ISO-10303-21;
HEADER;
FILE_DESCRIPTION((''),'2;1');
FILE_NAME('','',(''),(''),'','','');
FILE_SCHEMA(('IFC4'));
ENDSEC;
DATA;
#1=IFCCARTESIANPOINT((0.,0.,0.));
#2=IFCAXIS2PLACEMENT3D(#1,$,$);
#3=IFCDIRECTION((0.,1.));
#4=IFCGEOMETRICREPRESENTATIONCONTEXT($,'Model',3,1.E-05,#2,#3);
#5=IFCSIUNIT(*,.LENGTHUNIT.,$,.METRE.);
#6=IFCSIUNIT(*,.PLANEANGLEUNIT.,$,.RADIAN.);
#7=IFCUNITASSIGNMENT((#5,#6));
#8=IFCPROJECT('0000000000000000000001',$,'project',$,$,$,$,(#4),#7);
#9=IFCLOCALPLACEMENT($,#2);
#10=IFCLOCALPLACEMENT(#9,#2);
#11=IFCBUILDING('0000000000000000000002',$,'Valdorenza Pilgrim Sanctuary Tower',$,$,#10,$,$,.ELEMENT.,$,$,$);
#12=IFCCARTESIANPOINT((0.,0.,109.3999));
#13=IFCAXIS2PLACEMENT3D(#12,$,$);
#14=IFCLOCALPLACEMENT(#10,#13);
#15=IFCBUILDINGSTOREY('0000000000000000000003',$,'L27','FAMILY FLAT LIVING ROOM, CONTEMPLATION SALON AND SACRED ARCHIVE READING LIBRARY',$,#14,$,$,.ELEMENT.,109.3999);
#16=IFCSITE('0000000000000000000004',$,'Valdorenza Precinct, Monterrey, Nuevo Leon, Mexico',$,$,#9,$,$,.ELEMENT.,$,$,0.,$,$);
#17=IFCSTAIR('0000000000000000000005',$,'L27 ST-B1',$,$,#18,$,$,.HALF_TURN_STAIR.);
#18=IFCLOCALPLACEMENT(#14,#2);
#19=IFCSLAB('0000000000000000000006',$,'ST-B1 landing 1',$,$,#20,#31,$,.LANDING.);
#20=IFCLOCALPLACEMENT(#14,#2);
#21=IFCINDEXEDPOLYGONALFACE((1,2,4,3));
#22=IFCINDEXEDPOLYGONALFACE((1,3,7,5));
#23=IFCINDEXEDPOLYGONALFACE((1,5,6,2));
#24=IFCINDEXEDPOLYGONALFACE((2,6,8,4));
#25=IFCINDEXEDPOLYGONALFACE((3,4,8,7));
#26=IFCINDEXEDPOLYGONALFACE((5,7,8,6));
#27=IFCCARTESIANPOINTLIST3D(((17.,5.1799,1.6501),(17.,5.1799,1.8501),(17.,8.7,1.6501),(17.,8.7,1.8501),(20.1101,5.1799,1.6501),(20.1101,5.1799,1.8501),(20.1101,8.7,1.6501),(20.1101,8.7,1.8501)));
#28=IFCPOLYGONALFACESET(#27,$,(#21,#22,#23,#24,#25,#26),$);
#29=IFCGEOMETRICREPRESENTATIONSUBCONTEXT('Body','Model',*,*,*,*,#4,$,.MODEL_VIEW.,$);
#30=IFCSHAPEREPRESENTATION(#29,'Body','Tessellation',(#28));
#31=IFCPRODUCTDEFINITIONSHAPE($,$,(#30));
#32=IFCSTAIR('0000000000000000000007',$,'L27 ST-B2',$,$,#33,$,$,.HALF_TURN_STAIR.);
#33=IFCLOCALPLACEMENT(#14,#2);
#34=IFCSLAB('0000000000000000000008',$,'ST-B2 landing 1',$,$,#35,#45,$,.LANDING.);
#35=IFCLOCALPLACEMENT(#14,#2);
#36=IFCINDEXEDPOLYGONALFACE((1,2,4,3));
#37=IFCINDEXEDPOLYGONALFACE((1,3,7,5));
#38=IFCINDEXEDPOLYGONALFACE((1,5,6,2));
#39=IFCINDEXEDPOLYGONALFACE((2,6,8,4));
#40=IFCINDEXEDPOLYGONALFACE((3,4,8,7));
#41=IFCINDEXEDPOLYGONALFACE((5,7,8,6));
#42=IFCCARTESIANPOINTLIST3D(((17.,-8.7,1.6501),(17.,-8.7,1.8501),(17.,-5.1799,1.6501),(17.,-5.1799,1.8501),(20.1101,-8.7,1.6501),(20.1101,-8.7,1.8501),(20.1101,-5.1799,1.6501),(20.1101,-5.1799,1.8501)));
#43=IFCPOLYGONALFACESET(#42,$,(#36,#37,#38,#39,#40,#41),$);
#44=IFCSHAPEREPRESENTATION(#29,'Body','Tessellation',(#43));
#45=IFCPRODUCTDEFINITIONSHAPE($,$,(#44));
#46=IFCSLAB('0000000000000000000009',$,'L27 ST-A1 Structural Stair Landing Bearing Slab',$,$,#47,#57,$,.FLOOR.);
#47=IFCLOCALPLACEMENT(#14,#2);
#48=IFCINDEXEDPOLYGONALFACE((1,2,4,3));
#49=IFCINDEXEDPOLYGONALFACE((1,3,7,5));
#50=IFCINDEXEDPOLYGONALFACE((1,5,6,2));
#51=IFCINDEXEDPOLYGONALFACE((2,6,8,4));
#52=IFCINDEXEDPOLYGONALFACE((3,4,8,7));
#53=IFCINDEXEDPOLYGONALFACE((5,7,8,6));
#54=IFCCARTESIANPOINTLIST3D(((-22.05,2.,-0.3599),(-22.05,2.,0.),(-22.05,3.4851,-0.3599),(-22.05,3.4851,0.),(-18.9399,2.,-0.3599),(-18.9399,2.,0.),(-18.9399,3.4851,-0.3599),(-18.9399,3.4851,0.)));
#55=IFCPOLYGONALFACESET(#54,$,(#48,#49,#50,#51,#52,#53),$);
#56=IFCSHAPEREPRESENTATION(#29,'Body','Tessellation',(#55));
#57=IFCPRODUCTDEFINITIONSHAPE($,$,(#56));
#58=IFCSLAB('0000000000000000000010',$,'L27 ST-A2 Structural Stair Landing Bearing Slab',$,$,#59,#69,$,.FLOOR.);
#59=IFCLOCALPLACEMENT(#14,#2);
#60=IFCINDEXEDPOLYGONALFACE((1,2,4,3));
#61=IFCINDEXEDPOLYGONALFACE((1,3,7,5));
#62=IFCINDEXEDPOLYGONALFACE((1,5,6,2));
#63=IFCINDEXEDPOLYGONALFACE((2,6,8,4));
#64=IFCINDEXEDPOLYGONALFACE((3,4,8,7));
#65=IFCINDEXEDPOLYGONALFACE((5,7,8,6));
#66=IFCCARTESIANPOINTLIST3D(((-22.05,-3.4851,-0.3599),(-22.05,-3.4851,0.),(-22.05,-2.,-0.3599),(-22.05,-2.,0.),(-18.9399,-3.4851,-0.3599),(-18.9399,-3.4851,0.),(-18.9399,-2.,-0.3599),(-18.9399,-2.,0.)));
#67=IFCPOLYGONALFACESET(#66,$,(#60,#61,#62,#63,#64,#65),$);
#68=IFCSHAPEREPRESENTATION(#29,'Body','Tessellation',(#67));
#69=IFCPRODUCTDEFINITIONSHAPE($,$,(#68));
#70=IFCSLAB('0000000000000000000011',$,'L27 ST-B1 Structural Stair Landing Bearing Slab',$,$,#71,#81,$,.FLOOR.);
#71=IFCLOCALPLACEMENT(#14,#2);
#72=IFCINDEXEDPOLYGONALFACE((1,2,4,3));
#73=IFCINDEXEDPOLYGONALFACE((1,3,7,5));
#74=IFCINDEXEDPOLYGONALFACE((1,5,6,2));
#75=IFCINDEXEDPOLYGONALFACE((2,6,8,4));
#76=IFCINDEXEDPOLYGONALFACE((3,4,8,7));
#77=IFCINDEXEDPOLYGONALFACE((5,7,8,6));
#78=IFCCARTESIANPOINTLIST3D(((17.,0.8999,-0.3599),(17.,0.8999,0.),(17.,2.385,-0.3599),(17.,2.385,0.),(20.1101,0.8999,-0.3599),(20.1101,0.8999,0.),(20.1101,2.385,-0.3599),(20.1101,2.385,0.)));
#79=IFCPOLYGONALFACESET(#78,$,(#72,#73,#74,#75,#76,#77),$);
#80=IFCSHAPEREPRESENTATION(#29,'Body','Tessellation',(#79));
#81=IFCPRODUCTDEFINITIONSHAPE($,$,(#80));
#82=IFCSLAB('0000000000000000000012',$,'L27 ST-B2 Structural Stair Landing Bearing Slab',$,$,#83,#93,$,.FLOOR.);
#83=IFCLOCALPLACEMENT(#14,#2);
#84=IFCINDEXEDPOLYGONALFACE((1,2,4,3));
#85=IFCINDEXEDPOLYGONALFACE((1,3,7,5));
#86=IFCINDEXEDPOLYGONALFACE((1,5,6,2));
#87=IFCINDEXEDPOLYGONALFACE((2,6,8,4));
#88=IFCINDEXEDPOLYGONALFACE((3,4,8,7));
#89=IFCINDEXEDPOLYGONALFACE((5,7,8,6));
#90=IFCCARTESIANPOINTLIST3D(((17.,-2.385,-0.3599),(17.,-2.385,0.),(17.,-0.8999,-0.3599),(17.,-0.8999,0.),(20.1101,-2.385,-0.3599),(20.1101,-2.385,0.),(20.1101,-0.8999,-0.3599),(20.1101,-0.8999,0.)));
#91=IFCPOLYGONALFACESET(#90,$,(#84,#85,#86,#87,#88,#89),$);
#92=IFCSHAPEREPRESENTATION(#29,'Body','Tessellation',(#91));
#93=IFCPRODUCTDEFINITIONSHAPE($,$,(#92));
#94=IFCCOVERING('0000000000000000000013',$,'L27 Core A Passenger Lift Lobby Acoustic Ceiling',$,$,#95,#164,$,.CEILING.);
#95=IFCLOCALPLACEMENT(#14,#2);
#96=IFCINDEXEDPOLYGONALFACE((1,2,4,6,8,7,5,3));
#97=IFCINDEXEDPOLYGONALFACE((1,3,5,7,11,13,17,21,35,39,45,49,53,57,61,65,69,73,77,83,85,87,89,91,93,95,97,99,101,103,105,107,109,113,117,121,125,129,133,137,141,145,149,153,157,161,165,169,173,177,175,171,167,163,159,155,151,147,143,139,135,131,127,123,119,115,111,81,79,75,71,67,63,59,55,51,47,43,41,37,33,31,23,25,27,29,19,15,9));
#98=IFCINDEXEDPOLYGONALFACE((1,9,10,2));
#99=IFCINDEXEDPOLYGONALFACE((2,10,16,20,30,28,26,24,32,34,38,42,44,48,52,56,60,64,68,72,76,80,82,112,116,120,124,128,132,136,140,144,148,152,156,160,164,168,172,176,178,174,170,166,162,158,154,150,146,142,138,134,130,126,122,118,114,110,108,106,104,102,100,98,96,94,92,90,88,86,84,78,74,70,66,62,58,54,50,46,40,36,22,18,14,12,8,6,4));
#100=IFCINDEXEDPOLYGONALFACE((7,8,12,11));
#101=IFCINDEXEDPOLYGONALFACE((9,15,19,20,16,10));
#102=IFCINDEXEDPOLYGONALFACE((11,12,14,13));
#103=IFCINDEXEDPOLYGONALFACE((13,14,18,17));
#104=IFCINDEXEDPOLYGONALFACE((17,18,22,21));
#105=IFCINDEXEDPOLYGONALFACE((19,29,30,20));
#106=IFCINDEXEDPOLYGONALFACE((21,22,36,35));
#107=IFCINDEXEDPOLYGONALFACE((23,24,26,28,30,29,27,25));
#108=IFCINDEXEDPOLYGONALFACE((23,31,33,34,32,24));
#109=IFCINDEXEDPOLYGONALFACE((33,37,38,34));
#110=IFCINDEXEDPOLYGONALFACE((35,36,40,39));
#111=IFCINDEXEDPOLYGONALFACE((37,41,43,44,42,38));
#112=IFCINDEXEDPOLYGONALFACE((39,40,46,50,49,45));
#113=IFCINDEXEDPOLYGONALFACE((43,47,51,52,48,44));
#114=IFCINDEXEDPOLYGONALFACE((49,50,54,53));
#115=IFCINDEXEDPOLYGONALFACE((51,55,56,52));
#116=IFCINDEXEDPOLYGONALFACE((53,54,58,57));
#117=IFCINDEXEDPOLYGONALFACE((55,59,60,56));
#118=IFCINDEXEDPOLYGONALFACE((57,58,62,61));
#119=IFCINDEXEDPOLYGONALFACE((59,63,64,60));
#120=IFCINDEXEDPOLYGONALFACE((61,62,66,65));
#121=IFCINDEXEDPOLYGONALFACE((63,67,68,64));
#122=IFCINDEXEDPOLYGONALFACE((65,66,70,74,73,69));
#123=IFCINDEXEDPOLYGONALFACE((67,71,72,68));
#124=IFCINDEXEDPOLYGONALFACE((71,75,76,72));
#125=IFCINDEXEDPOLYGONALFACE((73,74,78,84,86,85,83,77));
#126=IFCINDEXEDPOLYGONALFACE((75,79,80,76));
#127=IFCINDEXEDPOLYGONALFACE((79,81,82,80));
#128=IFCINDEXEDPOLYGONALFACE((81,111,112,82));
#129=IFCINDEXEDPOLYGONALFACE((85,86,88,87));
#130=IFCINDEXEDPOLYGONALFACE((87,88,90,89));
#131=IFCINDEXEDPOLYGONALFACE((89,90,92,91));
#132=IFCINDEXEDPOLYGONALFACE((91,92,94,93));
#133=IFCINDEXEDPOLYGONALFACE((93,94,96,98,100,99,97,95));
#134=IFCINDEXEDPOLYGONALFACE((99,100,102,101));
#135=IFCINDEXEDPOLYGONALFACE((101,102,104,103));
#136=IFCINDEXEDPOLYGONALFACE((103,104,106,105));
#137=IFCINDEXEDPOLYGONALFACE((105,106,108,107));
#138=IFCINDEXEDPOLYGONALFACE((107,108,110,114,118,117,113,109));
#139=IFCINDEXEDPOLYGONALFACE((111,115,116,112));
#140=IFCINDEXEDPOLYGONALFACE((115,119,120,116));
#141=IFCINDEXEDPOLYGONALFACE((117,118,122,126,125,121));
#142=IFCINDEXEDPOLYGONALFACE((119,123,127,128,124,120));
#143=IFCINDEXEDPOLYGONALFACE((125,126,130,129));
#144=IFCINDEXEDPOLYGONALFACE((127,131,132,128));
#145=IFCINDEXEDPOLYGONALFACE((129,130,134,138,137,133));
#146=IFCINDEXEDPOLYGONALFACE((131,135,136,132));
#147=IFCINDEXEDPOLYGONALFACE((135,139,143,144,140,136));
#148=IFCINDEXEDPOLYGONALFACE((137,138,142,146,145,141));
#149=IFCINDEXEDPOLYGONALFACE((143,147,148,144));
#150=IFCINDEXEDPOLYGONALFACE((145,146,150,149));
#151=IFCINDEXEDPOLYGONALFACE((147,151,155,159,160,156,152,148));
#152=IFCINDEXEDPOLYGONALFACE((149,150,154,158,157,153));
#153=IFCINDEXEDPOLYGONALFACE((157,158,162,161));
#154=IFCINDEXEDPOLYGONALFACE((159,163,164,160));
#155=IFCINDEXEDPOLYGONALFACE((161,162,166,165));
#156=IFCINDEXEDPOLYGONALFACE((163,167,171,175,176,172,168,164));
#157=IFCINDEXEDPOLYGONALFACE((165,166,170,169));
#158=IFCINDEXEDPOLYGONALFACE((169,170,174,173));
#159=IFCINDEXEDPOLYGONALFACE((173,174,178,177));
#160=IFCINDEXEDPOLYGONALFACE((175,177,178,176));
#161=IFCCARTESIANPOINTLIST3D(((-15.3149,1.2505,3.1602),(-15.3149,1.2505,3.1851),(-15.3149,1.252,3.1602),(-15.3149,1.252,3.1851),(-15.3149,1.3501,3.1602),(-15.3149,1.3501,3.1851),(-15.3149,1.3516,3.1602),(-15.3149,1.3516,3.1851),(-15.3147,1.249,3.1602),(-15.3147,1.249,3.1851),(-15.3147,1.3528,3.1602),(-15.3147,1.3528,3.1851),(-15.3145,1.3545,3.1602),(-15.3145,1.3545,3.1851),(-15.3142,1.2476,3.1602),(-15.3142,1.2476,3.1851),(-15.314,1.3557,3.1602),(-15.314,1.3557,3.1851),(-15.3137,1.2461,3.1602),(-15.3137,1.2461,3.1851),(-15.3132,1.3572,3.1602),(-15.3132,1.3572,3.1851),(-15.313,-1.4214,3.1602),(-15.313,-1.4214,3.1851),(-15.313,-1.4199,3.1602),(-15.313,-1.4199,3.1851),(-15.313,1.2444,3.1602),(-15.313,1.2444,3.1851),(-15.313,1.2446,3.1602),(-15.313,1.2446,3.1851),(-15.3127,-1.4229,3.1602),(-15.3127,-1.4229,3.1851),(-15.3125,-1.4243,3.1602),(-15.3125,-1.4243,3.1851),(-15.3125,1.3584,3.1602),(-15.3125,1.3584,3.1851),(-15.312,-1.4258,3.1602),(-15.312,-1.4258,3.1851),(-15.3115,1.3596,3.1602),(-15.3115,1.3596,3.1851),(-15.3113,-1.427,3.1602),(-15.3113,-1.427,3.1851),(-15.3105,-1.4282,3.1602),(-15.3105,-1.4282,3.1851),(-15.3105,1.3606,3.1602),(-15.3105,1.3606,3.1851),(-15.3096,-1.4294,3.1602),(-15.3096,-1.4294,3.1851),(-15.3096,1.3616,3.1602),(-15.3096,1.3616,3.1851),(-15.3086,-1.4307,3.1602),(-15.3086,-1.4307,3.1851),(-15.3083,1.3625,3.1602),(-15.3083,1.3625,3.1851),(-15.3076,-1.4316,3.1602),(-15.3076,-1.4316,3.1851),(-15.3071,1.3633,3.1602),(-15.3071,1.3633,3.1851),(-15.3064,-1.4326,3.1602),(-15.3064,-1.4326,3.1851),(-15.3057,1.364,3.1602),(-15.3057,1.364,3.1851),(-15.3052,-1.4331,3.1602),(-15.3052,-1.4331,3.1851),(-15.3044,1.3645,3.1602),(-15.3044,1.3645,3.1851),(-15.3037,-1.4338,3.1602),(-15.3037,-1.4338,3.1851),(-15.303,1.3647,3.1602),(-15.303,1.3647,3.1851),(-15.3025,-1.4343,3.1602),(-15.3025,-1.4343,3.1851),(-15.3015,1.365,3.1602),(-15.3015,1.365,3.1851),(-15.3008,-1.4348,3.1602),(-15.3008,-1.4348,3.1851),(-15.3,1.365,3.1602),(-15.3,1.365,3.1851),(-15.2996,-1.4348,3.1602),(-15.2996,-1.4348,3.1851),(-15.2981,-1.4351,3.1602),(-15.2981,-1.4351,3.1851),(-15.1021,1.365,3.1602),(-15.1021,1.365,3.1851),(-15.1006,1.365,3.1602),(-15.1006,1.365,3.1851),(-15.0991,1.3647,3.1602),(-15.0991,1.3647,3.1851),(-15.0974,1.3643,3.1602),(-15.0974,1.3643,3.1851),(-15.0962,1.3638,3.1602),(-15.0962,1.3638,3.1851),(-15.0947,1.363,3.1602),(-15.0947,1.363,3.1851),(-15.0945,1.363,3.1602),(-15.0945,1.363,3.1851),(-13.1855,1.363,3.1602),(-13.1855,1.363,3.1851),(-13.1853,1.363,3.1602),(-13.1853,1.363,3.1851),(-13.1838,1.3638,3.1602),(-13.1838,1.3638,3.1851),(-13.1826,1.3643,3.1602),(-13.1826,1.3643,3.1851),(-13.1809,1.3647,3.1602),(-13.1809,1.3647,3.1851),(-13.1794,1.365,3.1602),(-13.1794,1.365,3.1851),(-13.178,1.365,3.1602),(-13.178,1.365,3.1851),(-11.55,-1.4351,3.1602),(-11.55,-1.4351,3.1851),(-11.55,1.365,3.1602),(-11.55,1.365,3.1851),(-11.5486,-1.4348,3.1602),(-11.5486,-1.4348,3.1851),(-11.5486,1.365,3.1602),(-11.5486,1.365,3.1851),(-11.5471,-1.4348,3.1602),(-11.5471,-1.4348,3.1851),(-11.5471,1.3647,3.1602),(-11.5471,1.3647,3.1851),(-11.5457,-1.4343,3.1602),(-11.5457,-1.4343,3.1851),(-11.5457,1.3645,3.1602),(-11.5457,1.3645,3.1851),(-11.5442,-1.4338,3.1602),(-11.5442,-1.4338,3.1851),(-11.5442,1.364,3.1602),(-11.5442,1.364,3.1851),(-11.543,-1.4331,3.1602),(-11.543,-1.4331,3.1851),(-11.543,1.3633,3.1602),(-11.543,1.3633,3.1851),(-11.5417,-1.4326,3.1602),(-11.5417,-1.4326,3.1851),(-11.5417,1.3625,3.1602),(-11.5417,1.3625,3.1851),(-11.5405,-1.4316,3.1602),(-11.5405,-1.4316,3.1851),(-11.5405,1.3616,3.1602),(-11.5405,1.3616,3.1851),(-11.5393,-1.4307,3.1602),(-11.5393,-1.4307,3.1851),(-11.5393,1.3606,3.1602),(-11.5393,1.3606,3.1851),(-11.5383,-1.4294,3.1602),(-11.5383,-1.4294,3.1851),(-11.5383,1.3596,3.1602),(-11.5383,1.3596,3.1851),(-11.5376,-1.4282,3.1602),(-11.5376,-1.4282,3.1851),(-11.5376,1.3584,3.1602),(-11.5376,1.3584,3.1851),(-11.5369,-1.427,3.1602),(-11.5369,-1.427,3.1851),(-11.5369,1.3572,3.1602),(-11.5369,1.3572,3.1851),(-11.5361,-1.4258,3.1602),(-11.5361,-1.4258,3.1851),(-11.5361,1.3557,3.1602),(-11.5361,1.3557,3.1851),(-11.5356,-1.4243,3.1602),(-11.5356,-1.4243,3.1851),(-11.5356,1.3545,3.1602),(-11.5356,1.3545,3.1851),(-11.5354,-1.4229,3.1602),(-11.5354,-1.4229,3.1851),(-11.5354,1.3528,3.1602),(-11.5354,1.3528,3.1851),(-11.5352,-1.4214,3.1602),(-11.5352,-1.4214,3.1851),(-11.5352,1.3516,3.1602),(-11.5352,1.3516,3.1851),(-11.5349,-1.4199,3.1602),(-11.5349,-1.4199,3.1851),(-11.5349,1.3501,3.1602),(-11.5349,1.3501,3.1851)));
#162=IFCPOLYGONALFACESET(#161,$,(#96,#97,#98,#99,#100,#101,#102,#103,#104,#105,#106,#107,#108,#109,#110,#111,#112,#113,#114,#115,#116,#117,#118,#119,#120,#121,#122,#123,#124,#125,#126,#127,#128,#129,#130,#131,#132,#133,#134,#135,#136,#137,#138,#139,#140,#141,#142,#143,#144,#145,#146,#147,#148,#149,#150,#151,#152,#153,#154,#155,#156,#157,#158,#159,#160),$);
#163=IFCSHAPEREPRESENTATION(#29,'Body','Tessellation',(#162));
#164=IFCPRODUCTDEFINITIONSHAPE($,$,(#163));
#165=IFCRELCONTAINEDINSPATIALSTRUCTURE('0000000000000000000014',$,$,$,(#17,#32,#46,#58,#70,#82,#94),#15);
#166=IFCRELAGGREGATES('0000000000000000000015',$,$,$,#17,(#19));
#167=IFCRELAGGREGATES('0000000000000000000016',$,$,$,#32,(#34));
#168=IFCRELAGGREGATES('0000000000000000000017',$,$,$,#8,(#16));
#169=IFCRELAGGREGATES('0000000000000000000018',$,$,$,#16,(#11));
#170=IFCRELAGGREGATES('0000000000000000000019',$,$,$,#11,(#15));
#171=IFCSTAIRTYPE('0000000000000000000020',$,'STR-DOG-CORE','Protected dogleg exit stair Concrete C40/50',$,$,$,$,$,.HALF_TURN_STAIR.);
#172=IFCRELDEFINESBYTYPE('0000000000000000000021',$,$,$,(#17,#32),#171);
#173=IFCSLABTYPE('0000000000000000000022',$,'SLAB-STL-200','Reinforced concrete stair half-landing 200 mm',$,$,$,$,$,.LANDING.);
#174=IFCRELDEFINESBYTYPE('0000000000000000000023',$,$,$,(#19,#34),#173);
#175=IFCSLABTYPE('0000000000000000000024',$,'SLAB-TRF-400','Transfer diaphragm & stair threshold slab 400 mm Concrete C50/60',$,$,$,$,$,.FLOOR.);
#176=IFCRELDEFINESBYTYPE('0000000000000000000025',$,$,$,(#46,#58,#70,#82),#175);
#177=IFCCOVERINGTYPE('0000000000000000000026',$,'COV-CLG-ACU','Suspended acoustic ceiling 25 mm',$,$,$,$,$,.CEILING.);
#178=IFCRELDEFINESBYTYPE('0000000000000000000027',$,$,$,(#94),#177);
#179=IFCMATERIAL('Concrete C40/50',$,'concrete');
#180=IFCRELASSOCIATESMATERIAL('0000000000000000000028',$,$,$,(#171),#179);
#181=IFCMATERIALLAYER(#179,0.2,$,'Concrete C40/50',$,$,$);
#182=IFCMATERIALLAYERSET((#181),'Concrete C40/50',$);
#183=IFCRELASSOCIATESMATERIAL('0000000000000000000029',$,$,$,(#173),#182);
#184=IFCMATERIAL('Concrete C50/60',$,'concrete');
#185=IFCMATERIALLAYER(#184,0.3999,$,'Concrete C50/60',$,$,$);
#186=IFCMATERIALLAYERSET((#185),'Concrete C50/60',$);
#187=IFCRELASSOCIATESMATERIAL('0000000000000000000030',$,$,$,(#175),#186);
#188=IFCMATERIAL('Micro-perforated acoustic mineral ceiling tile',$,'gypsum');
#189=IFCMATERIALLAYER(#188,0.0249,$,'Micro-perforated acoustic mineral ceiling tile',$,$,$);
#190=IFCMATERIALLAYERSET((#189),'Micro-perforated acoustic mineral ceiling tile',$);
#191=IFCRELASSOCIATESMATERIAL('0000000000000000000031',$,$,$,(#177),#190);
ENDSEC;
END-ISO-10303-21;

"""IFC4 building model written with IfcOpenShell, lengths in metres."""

from ifc_helpers import new_model, si_unit, direction, frame, origin, place, context, subcontext, project, spatial, polyline, outline, extrude, material, layer, layer_set, type_object, element, aggregate, save


model = new_model("IFC4")

# Units and contexts
model_context = context("Model", 3, precision=1e-05, world=origin(), true_north=direction((0.0, 1.0)))
body_context = subcontext(model_context, "Body", "Model", "MODEL_VIEW")
ifc_project = project(units=[si_unit("LENGTHUNIT", "METRE"), si_unit("PLANEANGLEUNIT", "RADIAN")], contexts=[model_context])

# Site, building, storey
site_placement = place(None, origin())
site = spatial("IfcSite", under=ifc_project, at=site_placement, Name="Valdorenza Precinct, Monterrey, Nuevo Leon, Mexico", CompositionType="ELEMENT", RefElevation=0.0)
building_placement = place(site_placement, origin())
building = spatial("IfcBuilding", under=site, at=building_placement, Name="Valdorenza Pilgrim Sanctuary Tower", CompositionType="ELEMENT")
storey_placement = place(building_placement, frame((0.0, 0.0, 109.3999)))
storey = spatial("IfcBuildingStorey", under=building, at=storey_placement, Name="L27", Description="FAMILY FLAT LIVING ROOM, CONTEMPLATION SALON AND SACRED ARCHIVE READING LIBRARY", CompositionType="ELEMENT", Elevation=109.3999)

# Shared definitions
ifc_material_1 = material(Name="Concrete C40/50", Category="concrete")

# Stairs, slabs
stair_type = type_object("IfcStairType", Name="STR-DOG-CORE", Description="Protected dogleg exit stair Concrete C40/50", PredefinedType="HALF_TURN_STAIR", material=ifc_material_1)
ifc_layer_1 = layer(ifc_material_1, 0.2, Name="Concrete C40/50")
ifc_layer_set_1 = layer_set([ifc_layer_1], Name="Concrete C40/50")
slab_type_1 = type_object("IfcSlabType", Name="SLAB-STL-200", Description="Reinforced concrete stair half-landing 200 mm", PredefinedType="LANDING", material=ifc_layer_set_1)
stair_1_placement = place(storey_placement, origin())
stair_1 = element("IfcStair", 1, at=stair_1_placement, inside=storey, type_object=stair_type, Name="L27 ST-B1", PredefinedType="HALF_TURN_STAIR")
slab_1_placement = place(storey_placement, frame((0.0, 0.0, 1.6501)))
slab_1 = element("IfcSlab", 2, at=slab_1_placement, type_object=slab_type_1, Name="ST-B1 landing 1", PredefinedType="LANDING", context=body_context, shape_type="SweptSolid", body=[
    extrude(outline(polyline([(20.1101, 5.1799), (20.1101, 8.7), (17.0, 8.7), (17.0, 5.1799), (20.1101, 5.1799)])), origin(), (0.0, 0.0, 1.0), 0.2),
])
aggregate(stair_1, [slab_1])
stair_2_placement = place(storey_placement, origin())
stair_2 = element("IfcStair", 3, at=stair_2_placement, inside=storey, type_object=stair_type, Name="L27 ST-B2", PredefinedType="HALF_TURN_STAIR")
slab_2_placement = place(storey_placement, frame((0.0, 0.0, 1.6501)))
slab_2 = element("IfcSlab", 4, at=slab_2_placement, type_object=slab_type_1, Name="ST-B2 landing 1", PredefinedType="LANDING", context=body_context, shape_type="SweptSolid", body=[
    extrude(outline(polyline([(17.0, -5.1799), (17.0, -8.7), (20.1101, -8.7), (20.1101, -5.1799), (17.0, -5.1799)])), origin(), (0.0, 0.0, 1.0), 0.2),
])
aggregate(stair_2, [slab_2])

# Slabs
ifc_material_2 = material(Name="Concrete C50/60", Category="concrete")
ifc_layer_2 = layer(ifc_material_2, 0.3999, Name="Concrete C50/60")
ifc_layer_set_2 = layer_set([ifc_layer_2], Name="Concrete C50/60")
slab_type_2 = type_object("IfcSlabType", Name="SLAB-TRF-400", Description="Transfer diaphragm & stair threshold slab 400 mm Concrete C50/60", PredefinedType="FLOOR", material=ifc_layer_set_2)
slab_3_placement = place(storey_placement, frame((0.0, 0.0, -0.3599)))
element("IfcSlab", 5, at=slab_3_placement, inside=storey, type_object=slab_type_2, Name="L27 ST-A1 Structural Stair Landing Bearing Slab", PredefinedType="FLOOR", context=body_context, shape_type="SweptSolid", body=[
    extrude(outline(polyline([(-22.05, 2.0), (-18.9399, 2.0), (-18.9399, 3.4851), (-22.05, 3.4851), (-22.05, 2.0)])), origin(), (0.0, 0.0, 1.0), 0.3599),
])
slab_4_placement = place(storey_placement, frame((0.0, 0.0, -0.3599)))
element("IfcSlab", 6, at=slab_4_placement, inside=storey, type_object=slab_type_2, Name="L27 ST-A2 Structural Stair Landing Bearing Slab", PredefinedType="FLOOR", context=body_context, shape_type="SweptSolid", body=[
    extrude(outline(polyline([(-22.05, -3.4851), (-18.9399, -3.4851), (-18.9399, -2.0), (-22.05, -2.0), (-22.05, -3.4851)])), origin(), (0.0, 0.0, 1.0), 0.3599),
])
slab_5_placement = place(storey_placement, frame((0.0, 0.0, -0.3599)))
element("IfcSlab", 7, at=slab_5_placement, inside=storey, type_object=slab_type_2, Name="L27 ST-B1 Structural Stair Landing Bearing Slab", PredefinedType="FLOOR", context=body_context, shape_type="SweptSolid", body=[
    extrude(outline(polyline([(17.0, 0.8999), (20.1101, 0.8999), (20.1101, 2.385), (17.0, 2.385), (17.0, 0.8999)])), origin(), (0.0, 0.0, 1.0), 0.3599),
])
slab_6_placement = place(storey_placement, frame((0.0, 0.0, -0.3599)))
element("IfcSlab", 8, at=slab_6_placement, inside=storey, type_object=slab_type_2, Name="L27 ST-B2 Structural Stair Landing Bearing Slab", PredefinedType="FLOOR", context=body_context, shape_type="SweptSolid", body=[
    extrude(outline(polyline([(17.0, -2.385), (20.1101, -2.385), (20.1101, -0.8999), (17.0, -0.8999), (17.0, -2.385)])), origin(), (0.0, 0.0, 1.0), 0.3599),
])

# Covering
ifc_material_3 = material(Name="Micro-perforated acoustic mineral ceiling tile", Category="gypsum")
ifc_layer_3 = layer(ifc_material_3, 0.0249, Name="Micro-perforated acoustic mineral ceiling tile")
ifc_layer_set_3 = layer_set([ifc_layer_3], Name="Micro-perforated acoustic mineral ceiling tile")
covering_type_1 = type_object("IfcCoveringType", Name="COV-CLG-ACU", Description="Suspended acoustic ceiling 25 mm", PredefinedType="CEILING", material=ifc_layer_set_3)
covering_1_placement = place(storey_placement, frame((0.0, 0.0, 3.1602)))
element("IfcCovering", 9, at=covering_1_placement, inside=storey, type_object=covering_type_1, Name="L27 Core A Passenger Lift Lobby Acoustic Ceiling", PredefinedType="CEILING", context=body_context, shape_type="SweptSolid", body=[
    extrude(outline(polyline([(-15.313, 1.2444), (-15.313, 1.2446), (-15.3137, 1.2461), (-15.3142, 1.2476), (-15.3147, 1.249), (-15.3149, 1.2505), (-15.3149, 1.252), (-15.3149, 1.3501), (-15.3149, 1.3516), (-15.3147, 1.3528), (-15.3145, 1.3545), (-15.314, 1.3557), (-15.3132, 1.3572), (-15.3125, 1.3584), (-15.3115, 1.3596), (-15.3105, 1.3606), (-15.3096, 1.3616), (-15.3083, 1.3625), (-15.3071, 1.3633), (-15.3057, 1.364), (-15.3044, 1.3645), (-15.303, 1.3647), (-15.3015, 1.365), (-15.3, 1.365), (-15.1021, 1.365), (-15.1006, 1.365), (-15.0991, 1.3647), (-15.0974, 1.3643), (-15.0962, 1.3638), (-15.0947, 1.363), (-15.0945, 1.363), (-13.1855, 1.363), (-13.1853, 1.363), (-13.1838, 1.3638), (-13.1826, 1.3643), (-13.1809, 1.3647), (-13.1794, 1.365), (-13.178, 1.365), (-11.55, 1.365), (-11.5486, 1.365), (-11.5471, 1.3647), (-11.5457, 1.3645), (-11.5442, 1.364), (-11.543, 1.3633), (-11.5417, 1.3625), (-11.5405, 1.3616), (-11.5393, 1.3606), (-11.5383, 1.3596), (-11.5376, 1.3584), (-11.5369, 1.3572), (-11.5361, 1.3557), (-11.5356, 1.3545), (-11.5354, 1.3528), (-11.5352, 1.3516), (-11.5349, 1.3501), (-11.5349, -1.4199), (-11.5352, -1.4214), (-11.5354, -1.4229), (-11.5356, -1.4243), (-11.5361, -1.4258), (-11.5369, -1.427), (-11.5376, -1.4282), (-11.5383, -1.4294), (-11.5393, -1.4307), (-11.5405, -1.4316), (-11.5417, -1.4326), (-11.543, -1.4331), (-11.5442, -1.4338), (-11.5457, -1.4343), (-11.5471, -1.4348), (-11.5486, -1.4348), (-11.55, -1.4351), (-15.2981, -1.4351), (-15.2996, -1.4348), (-15.3008, -1.4348), (-15.3025, -1.4343), (-15.3037, -1.4338), (-15.3052, -1.4331), (-15.3064, -1.4326), (-15.3076, -1.4316), (-15.3086, -1.4307), (-15.3096, -1.4294), (-15.3105, -1.4282), (-15.3113, -1.427), (-15.312, -1.4258), (-15.3125, -1.4243), (-15.3127, -1.4229), (-15.313, -1.4214), (-15.313, -1.4199), (-15.313, 1.2444)])), origin(), (0.0, 0.0, 1.0), 0.0249),
])

save(model, "model.ifc")
